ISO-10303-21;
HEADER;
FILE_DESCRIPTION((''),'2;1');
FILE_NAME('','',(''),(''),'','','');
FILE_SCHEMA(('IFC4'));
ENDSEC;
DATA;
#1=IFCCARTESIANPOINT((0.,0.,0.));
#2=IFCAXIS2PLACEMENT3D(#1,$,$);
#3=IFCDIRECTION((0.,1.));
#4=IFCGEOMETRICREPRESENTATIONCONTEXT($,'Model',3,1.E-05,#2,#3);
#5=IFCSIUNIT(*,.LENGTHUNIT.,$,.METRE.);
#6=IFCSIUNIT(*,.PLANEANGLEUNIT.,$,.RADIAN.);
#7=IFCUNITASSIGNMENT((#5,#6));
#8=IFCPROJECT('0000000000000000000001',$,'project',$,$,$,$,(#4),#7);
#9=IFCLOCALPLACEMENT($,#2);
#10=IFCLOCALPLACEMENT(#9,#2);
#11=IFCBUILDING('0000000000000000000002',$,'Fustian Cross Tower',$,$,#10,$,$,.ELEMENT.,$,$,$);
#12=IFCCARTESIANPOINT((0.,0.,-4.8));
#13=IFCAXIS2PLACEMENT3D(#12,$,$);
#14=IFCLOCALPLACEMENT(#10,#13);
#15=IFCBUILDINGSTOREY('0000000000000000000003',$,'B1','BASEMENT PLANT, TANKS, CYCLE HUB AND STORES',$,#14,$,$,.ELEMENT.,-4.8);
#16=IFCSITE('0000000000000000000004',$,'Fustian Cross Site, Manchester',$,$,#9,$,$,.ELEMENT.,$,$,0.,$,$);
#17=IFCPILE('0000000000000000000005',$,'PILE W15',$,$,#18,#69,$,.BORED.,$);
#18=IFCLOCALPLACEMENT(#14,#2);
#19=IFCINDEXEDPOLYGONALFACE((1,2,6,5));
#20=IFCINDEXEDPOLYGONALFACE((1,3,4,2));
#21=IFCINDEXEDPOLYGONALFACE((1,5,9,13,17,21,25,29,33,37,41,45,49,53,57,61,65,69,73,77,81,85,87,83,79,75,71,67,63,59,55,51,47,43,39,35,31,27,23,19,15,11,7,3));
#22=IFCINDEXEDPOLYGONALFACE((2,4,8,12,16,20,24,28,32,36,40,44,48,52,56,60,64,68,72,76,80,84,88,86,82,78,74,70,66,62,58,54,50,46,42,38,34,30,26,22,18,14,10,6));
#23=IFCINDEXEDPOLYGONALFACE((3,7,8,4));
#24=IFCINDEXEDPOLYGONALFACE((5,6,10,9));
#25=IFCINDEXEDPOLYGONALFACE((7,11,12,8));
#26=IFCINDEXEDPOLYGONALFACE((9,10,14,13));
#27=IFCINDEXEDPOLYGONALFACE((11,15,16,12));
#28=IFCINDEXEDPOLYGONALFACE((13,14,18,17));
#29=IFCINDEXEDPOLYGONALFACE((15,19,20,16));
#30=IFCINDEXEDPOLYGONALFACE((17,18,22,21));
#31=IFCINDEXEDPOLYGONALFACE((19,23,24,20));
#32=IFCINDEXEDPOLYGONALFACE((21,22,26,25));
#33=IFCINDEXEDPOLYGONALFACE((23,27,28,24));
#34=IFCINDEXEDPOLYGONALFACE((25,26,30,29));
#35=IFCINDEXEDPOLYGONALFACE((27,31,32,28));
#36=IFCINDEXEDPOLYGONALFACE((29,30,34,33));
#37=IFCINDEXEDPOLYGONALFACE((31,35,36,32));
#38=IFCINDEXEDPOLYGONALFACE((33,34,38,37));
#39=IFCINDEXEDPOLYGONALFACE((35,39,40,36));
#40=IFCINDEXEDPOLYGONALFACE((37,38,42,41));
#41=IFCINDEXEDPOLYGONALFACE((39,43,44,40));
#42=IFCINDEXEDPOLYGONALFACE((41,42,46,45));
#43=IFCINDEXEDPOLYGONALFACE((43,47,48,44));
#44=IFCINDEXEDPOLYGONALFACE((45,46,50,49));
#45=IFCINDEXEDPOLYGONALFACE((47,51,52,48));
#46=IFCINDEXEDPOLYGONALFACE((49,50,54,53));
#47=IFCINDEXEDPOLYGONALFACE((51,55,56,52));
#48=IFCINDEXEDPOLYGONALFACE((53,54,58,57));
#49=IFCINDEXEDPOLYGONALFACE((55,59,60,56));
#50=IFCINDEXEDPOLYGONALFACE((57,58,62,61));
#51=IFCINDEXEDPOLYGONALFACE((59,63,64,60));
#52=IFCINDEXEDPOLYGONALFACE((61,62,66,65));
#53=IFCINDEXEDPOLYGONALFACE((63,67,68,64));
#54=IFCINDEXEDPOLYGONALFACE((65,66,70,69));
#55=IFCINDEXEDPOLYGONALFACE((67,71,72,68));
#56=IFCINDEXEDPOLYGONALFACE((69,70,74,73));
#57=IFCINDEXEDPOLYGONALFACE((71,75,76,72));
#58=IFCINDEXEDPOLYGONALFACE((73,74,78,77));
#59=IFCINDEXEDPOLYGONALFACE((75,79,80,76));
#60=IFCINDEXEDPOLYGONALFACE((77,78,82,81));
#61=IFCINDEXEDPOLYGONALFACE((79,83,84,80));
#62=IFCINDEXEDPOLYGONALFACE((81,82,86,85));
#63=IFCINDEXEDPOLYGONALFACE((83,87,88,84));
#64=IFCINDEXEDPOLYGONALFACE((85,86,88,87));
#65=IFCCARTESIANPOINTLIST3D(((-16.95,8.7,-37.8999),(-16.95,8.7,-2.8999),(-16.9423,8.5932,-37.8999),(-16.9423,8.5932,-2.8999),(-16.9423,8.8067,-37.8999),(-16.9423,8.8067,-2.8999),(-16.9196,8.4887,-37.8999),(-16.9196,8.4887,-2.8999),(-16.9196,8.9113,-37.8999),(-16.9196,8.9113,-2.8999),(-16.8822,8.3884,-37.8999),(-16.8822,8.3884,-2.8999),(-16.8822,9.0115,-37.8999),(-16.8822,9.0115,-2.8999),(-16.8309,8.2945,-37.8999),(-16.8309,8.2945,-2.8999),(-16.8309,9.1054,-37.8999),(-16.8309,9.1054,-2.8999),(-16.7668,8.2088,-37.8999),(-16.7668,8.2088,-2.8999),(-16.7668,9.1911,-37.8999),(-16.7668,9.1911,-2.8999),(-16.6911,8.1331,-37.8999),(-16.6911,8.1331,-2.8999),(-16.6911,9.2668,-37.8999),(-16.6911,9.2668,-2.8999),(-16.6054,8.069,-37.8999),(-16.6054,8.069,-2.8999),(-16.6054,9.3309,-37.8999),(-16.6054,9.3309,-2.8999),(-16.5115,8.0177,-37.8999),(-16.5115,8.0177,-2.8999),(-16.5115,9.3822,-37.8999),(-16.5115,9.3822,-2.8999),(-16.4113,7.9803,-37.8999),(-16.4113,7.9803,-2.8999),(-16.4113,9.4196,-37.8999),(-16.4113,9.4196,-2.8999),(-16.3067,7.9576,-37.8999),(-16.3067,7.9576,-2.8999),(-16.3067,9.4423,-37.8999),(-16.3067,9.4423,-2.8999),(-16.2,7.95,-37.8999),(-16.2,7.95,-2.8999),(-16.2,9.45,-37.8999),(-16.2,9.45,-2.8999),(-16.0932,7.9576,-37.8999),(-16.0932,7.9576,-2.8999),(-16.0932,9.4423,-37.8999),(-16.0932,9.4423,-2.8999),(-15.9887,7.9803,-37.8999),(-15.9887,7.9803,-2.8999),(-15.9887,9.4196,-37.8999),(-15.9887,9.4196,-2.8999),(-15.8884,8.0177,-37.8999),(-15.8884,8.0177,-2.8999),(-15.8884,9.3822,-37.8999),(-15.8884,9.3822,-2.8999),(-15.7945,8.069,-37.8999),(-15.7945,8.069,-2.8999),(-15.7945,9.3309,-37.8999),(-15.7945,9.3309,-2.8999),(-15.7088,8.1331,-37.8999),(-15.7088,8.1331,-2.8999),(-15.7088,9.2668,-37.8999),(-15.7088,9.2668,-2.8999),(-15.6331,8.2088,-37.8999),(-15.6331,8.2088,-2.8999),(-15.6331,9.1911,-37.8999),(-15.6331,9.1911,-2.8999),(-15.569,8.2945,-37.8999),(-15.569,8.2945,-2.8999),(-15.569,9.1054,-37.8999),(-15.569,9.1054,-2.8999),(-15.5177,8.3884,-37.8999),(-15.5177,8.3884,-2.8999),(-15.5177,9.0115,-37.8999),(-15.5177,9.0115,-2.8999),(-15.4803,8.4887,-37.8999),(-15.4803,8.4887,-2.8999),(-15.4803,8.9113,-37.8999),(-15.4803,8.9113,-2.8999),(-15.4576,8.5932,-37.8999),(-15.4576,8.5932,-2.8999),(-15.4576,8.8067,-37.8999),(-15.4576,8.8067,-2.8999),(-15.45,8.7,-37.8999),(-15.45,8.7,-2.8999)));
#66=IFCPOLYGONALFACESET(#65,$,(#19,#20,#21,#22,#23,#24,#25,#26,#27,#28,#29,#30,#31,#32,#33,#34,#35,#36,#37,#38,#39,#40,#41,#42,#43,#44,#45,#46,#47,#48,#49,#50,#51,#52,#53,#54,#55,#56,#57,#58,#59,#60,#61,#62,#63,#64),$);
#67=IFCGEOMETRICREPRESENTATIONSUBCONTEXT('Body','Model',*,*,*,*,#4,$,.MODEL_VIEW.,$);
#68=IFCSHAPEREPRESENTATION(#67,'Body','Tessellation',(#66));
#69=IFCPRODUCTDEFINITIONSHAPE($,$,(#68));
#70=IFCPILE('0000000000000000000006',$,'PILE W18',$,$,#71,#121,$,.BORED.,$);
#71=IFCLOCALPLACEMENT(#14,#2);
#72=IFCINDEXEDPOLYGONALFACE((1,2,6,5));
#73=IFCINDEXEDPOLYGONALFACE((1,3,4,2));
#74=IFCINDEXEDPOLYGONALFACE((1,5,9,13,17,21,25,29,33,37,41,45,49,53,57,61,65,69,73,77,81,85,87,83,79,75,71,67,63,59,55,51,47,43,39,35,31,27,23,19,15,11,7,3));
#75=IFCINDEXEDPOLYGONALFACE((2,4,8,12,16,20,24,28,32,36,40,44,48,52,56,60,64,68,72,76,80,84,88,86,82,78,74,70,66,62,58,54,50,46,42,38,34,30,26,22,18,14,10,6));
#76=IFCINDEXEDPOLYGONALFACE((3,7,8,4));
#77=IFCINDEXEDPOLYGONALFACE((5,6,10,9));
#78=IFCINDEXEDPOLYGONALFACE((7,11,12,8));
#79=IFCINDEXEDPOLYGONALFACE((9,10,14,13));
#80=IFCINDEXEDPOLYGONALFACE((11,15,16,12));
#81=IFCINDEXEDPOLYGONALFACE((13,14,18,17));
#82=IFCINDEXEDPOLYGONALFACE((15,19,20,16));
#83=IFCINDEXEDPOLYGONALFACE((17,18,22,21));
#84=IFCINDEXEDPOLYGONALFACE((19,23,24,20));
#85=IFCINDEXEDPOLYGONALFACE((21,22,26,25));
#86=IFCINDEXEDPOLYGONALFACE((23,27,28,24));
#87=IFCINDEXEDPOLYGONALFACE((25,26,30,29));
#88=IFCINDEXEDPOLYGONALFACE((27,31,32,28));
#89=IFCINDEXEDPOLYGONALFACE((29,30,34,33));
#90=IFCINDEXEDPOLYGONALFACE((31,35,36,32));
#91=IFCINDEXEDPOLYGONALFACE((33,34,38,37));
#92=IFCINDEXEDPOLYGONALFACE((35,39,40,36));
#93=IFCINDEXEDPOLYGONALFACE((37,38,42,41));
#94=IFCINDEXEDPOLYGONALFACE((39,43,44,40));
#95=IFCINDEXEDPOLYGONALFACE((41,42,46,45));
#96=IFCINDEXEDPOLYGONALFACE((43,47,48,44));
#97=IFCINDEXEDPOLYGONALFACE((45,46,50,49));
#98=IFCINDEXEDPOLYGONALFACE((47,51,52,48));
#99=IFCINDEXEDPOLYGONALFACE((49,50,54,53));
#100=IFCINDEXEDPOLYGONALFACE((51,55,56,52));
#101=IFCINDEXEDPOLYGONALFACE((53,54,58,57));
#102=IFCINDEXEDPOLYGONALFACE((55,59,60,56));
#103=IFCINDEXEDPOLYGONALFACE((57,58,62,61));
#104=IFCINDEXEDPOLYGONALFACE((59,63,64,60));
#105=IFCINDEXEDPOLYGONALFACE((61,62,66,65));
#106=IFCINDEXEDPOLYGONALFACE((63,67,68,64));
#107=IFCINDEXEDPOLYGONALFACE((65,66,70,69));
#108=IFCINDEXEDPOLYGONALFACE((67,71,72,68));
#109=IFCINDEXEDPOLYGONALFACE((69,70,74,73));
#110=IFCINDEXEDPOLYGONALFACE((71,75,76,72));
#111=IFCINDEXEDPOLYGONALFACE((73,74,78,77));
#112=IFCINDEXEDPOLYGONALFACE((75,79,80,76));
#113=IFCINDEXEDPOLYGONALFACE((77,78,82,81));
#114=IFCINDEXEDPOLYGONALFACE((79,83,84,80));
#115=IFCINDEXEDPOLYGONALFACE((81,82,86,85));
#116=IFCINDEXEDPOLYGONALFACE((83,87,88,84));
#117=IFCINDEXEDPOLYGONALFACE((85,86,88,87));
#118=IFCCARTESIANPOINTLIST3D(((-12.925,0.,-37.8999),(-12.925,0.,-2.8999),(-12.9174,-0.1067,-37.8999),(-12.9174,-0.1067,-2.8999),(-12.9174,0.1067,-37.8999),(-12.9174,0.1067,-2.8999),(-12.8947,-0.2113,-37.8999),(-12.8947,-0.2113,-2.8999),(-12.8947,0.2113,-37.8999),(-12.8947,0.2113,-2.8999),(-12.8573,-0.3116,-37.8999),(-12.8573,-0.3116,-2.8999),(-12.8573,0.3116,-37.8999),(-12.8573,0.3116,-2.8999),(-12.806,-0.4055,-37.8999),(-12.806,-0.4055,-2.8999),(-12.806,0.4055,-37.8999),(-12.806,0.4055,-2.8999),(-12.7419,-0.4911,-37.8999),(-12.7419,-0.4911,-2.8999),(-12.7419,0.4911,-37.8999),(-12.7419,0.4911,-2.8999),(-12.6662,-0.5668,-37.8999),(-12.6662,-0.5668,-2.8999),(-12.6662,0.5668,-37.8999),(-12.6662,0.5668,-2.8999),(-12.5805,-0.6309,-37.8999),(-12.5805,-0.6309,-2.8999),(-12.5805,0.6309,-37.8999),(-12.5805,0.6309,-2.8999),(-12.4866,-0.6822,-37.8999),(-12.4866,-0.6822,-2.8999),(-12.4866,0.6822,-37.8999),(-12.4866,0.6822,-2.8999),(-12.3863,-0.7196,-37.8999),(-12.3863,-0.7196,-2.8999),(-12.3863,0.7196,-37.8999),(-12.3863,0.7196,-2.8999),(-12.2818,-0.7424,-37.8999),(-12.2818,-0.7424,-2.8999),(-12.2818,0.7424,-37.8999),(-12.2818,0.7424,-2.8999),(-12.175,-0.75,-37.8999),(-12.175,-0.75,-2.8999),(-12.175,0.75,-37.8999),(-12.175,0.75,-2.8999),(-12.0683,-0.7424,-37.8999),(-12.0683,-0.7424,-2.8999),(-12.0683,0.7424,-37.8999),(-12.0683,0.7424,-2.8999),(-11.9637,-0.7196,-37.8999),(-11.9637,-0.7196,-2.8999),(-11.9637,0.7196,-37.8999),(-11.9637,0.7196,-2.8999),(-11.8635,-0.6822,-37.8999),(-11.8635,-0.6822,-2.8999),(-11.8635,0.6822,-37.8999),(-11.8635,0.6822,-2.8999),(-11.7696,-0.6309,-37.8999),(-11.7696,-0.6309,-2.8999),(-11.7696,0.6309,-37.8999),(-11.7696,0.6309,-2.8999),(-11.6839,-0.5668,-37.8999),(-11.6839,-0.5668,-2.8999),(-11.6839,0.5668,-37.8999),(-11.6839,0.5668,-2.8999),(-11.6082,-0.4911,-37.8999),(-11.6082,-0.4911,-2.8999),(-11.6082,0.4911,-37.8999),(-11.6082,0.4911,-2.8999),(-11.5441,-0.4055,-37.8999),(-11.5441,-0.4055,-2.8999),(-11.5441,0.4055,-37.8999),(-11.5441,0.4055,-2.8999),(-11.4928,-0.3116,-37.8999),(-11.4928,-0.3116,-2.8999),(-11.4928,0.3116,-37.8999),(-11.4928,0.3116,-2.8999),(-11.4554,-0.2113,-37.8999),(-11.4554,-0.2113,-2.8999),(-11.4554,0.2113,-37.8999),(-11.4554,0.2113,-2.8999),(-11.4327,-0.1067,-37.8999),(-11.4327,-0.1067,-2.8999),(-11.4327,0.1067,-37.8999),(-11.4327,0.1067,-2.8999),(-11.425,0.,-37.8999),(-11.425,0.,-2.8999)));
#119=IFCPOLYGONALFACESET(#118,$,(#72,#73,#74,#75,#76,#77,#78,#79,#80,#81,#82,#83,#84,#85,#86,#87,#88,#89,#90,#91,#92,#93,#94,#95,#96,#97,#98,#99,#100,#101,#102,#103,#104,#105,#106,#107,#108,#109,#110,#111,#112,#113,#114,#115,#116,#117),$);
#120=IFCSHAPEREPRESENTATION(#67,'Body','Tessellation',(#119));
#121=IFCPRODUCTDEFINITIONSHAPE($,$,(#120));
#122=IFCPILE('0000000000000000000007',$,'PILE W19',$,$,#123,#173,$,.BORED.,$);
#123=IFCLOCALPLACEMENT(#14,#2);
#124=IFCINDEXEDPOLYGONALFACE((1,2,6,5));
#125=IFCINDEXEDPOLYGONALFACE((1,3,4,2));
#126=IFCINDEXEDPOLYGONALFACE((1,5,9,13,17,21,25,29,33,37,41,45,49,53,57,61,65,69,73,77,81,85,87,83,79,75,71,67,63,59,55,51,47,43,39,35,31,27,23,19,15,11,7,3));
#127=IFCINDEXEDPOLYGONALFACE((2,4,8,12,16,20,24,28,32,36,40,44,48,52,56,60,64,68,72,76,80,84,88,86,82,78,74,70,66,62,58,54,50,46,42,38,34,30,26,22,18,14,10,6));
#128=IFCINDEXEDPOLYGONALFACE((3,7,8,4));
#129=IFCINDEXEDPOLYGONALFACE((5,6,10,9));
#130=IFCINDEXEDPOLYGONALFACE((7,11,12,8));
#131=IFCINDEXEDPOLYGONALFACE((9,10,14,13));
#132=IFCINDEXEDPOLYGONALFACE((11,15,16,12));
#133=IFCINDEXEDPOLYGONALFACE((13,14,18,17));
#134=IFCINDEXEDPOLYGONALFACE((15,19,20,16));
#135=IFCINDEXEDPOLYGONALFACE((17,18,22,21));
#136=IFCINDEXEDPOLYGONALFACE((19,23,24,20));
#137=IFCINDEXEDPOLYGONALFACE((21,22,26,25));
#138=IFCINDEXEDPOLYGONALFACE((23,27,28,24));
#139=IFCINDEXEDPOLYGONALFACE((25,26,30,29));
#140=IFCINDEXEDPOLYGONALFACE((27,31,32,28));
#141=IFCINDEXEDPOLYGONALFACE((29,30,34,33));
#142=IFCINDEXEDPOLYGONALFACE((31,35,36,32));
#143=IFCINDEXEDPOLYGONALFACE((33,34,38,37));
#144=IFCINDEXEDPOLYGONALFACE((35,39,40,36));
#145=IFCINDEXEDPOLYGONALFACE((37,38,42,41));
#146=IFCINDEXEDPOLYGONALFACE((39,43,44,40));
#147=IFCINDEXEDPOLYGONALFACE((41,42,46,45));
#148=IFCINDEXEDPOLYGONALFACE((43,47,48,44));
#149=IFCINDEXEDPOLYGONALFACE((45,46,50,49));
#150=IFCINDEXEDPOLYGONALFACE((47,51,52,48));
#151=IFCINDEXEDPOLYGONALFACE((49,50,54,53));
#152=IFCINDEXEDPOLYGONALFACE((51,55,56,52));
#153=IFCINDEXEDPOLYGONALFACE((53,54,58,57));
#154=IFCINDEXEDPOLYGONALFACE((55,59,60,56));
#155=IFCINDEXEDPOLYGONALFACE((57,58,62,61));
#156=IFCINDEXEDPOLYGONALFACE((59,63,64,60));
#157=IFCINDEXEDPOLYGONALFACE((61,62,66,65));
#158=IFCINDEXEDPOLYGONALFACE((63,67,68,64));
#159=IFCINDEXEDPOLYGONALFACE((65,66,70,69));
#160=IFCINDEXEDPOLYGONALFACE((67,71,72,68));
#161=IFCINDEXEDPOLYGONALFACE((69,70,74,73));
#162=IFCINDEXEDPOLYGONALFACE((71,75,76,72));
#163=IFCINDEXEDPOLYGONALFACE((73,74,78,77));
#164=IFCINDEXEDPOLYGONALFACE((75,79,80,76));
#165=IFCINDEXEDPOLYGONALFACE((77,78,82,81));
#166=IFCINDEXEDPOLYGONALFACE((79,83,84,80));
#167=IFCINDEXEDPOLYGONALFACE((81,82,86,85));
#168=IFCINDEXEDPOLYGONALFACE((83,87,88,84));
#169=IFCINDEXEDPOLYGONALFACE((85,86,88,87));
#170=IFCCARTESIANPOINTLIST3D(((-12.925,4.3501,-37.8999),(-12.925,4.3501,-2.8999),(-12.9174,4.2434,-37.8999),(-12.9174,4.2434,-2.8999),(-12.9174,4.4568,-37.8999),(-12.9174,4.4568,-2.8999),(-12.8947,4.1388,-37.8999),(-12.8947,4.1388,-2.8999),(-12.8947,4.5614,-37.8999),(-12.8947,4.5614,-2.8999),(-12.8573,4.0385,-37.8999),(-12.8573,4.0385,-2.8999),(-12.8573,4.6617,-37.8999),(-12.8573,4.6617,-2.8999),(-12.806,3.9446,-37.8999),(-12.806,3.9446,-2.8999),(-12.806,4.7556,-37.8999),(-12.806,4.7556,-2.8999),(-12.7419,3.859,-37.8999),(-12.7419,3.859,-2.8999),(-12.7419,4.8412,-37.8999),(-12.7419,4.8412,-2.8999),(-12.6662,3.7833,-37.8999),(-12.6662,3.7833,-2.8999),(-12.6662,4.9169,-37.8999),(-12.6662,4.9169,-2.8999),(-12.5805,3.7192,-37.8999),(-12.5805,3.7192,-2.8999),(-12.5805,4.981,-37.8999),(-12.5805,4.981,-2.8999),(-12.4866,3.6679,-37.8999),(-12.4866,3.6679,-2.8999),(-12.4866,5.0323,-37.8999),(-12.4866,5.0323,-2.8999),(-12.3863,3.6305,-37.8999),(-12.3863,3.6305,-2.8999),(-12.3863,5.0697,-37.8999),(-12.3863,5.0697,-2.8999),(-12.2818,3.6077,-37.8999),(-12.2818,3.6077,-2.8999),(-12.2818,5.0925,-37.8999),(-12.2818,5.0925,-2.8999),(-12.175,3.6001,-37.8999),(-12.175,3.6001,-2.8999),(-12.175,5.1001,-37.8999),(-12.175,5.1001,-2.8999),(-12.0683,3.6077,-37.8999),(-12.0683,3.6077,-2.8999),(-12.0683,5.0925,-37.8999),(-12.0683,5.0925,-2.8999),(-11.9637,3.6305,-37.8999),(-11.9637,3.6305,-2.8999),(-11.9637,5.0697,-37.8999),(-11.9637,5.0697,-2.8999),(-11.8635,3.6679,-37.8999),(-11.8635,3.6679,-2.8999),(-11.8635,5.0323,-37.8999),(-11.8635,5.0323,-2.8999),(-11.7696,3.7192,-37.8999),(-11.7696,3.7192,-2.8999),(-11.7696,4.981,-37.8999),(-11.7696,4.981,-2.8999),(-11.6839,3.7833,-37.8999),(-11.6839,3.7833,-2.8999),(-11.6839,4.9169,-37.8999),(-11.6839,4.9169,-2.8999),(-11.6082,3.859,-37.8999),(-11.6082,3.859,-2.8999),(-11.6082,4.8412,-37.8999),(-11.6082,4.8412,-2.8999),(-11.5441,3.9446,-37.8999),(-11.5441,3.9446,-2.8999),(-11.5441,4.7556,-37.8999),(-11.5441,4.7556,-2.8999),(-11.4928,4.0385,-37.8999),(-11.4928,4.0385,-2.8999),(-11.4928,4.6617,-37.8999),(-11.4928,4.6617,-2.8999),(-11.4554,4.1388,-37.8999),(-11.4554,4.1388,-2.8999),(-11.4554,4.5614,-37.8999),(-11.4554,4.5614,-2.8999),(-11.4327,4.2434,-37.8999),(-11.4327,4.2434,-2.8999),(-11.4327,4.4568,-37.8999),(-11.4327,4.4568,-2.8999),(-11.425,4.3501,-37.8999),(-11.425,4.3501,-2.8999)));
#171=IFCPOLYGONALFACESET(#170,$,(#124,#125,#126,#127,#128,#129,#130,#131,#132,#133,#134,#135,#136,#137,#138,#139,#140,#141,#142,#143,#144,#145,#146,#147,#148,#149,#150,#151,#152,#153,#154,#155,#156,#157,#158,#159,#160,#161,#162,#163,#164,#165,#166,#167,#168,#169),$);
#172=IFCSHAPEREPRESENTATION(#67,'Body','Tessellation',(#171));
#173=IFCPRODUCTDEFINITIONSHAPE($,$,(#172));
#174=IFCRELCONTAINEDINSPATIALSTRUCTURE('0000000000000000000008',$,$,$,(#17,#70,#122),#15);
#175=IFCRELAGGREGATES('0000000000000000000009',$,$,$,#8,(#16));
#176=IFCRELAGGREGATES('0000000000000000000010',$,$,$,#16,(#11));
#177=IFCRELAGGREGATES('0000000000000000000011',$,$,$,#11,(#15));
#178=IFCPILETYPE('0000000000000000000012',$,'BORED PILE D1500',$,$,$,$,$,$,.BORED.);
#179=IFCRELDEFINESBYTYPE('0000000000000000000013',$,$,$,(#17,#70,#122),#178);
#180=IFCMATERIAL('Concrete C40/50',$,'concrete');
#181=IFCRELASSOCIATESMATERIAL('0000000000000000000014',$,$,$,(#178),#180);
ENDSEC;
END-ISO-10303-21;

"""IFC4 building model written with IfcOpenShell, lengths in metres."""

from ifc_helpers import new_model, si_unit, direction, frame, origin, origin_2d, place, context, subcontext, project, spatial, circle, extrude, material, material_profile, profile_set, type_object, element, save


model = new_model("IFC4")

# Units and contexts
model_context = context("Model", 3, precision=1e-05, world=origin(), true_north=direction((0.0, 1.0)))
body_context = subcontext(model_context, "Body", "Model", "MODEL_VIEW")
ifc_project = project(units=[si_unit("LENGTHUNIT", "METRE"), si_unit("PLANEANGLEUNIT", "RADIAN")], contexts=[model_context])

# Site, building, storey
site_placement = place(None, origin())
site = spatial("IfcSite", under=ifc_project, at=site_placement, Name="Fustian Cross Site, Manchester", CompositionType="ELEMENT", RefElevation=0.0)
building_placement = place(site_placement, origin())
building = spatial("IfcBuilding", under=site, at=building_placement, Name="Fustian Cross Tower", CompositionType="ELEMENT")
storey_placement = place(building_placement, frame((0.0, 0.0, -4.8)))
storey = spatial("IfcBuildingStorey", under=building, at=storey_placement, Name="B1", Description="BASEMENT PLANT, TANKS, CYCLE HUB AND STORES", CompositionType="ELEMENT", Elevation=-4.8)

# Piles
ifc_material_1 = material(Name="Concrete C40/50", Category="concrete")
ifc_material_profile = material_profile(ifc_material_1, circle(Radius=0.75, at=origin_2d()), Name="BORED PILE D1500")
ifc_profile_set = profile_set([ifc_material_profile], Name="Concrete C40/50")
pile_type = type_object("IfcPileType", Name="BORED PILE D1500", PredefinedType="BORED", material=ifc_profile_set)
for number, where, z_axis, x_axis, name in (
    (1, (-16.2, 8.7, -2.8999), (0.0, 0.0, -1.0), (1.0, 0.0, 0.0), "PILE W15"),
    (2, (-12.175, 0.0, -2.8999), (0.0, 0.0, -1.0), (1.0, 0.0, 0.0), "PILE W18"),
    (3, (-12.175, 4.3501, -2.8999), (0.0, 0.0, -1.0), (1.0, 0.0, 0.0), "PILE W19"),
):
    element("IfcPile", number, at=place(storey_placement, frame(where, z_axis=z_axis, x_axis=x_axis)), inside=storey, type_object=pile_type, Name=name, PredefinedType="BORED", context=body_context, shape_type="SweptSolid", body=[
        extrude(circle(Radius=0.75, at=origin_2d()), origin(), (0.0, 0.0, 1.0), 35.0),
    ])

save(model, "model.ifc")
